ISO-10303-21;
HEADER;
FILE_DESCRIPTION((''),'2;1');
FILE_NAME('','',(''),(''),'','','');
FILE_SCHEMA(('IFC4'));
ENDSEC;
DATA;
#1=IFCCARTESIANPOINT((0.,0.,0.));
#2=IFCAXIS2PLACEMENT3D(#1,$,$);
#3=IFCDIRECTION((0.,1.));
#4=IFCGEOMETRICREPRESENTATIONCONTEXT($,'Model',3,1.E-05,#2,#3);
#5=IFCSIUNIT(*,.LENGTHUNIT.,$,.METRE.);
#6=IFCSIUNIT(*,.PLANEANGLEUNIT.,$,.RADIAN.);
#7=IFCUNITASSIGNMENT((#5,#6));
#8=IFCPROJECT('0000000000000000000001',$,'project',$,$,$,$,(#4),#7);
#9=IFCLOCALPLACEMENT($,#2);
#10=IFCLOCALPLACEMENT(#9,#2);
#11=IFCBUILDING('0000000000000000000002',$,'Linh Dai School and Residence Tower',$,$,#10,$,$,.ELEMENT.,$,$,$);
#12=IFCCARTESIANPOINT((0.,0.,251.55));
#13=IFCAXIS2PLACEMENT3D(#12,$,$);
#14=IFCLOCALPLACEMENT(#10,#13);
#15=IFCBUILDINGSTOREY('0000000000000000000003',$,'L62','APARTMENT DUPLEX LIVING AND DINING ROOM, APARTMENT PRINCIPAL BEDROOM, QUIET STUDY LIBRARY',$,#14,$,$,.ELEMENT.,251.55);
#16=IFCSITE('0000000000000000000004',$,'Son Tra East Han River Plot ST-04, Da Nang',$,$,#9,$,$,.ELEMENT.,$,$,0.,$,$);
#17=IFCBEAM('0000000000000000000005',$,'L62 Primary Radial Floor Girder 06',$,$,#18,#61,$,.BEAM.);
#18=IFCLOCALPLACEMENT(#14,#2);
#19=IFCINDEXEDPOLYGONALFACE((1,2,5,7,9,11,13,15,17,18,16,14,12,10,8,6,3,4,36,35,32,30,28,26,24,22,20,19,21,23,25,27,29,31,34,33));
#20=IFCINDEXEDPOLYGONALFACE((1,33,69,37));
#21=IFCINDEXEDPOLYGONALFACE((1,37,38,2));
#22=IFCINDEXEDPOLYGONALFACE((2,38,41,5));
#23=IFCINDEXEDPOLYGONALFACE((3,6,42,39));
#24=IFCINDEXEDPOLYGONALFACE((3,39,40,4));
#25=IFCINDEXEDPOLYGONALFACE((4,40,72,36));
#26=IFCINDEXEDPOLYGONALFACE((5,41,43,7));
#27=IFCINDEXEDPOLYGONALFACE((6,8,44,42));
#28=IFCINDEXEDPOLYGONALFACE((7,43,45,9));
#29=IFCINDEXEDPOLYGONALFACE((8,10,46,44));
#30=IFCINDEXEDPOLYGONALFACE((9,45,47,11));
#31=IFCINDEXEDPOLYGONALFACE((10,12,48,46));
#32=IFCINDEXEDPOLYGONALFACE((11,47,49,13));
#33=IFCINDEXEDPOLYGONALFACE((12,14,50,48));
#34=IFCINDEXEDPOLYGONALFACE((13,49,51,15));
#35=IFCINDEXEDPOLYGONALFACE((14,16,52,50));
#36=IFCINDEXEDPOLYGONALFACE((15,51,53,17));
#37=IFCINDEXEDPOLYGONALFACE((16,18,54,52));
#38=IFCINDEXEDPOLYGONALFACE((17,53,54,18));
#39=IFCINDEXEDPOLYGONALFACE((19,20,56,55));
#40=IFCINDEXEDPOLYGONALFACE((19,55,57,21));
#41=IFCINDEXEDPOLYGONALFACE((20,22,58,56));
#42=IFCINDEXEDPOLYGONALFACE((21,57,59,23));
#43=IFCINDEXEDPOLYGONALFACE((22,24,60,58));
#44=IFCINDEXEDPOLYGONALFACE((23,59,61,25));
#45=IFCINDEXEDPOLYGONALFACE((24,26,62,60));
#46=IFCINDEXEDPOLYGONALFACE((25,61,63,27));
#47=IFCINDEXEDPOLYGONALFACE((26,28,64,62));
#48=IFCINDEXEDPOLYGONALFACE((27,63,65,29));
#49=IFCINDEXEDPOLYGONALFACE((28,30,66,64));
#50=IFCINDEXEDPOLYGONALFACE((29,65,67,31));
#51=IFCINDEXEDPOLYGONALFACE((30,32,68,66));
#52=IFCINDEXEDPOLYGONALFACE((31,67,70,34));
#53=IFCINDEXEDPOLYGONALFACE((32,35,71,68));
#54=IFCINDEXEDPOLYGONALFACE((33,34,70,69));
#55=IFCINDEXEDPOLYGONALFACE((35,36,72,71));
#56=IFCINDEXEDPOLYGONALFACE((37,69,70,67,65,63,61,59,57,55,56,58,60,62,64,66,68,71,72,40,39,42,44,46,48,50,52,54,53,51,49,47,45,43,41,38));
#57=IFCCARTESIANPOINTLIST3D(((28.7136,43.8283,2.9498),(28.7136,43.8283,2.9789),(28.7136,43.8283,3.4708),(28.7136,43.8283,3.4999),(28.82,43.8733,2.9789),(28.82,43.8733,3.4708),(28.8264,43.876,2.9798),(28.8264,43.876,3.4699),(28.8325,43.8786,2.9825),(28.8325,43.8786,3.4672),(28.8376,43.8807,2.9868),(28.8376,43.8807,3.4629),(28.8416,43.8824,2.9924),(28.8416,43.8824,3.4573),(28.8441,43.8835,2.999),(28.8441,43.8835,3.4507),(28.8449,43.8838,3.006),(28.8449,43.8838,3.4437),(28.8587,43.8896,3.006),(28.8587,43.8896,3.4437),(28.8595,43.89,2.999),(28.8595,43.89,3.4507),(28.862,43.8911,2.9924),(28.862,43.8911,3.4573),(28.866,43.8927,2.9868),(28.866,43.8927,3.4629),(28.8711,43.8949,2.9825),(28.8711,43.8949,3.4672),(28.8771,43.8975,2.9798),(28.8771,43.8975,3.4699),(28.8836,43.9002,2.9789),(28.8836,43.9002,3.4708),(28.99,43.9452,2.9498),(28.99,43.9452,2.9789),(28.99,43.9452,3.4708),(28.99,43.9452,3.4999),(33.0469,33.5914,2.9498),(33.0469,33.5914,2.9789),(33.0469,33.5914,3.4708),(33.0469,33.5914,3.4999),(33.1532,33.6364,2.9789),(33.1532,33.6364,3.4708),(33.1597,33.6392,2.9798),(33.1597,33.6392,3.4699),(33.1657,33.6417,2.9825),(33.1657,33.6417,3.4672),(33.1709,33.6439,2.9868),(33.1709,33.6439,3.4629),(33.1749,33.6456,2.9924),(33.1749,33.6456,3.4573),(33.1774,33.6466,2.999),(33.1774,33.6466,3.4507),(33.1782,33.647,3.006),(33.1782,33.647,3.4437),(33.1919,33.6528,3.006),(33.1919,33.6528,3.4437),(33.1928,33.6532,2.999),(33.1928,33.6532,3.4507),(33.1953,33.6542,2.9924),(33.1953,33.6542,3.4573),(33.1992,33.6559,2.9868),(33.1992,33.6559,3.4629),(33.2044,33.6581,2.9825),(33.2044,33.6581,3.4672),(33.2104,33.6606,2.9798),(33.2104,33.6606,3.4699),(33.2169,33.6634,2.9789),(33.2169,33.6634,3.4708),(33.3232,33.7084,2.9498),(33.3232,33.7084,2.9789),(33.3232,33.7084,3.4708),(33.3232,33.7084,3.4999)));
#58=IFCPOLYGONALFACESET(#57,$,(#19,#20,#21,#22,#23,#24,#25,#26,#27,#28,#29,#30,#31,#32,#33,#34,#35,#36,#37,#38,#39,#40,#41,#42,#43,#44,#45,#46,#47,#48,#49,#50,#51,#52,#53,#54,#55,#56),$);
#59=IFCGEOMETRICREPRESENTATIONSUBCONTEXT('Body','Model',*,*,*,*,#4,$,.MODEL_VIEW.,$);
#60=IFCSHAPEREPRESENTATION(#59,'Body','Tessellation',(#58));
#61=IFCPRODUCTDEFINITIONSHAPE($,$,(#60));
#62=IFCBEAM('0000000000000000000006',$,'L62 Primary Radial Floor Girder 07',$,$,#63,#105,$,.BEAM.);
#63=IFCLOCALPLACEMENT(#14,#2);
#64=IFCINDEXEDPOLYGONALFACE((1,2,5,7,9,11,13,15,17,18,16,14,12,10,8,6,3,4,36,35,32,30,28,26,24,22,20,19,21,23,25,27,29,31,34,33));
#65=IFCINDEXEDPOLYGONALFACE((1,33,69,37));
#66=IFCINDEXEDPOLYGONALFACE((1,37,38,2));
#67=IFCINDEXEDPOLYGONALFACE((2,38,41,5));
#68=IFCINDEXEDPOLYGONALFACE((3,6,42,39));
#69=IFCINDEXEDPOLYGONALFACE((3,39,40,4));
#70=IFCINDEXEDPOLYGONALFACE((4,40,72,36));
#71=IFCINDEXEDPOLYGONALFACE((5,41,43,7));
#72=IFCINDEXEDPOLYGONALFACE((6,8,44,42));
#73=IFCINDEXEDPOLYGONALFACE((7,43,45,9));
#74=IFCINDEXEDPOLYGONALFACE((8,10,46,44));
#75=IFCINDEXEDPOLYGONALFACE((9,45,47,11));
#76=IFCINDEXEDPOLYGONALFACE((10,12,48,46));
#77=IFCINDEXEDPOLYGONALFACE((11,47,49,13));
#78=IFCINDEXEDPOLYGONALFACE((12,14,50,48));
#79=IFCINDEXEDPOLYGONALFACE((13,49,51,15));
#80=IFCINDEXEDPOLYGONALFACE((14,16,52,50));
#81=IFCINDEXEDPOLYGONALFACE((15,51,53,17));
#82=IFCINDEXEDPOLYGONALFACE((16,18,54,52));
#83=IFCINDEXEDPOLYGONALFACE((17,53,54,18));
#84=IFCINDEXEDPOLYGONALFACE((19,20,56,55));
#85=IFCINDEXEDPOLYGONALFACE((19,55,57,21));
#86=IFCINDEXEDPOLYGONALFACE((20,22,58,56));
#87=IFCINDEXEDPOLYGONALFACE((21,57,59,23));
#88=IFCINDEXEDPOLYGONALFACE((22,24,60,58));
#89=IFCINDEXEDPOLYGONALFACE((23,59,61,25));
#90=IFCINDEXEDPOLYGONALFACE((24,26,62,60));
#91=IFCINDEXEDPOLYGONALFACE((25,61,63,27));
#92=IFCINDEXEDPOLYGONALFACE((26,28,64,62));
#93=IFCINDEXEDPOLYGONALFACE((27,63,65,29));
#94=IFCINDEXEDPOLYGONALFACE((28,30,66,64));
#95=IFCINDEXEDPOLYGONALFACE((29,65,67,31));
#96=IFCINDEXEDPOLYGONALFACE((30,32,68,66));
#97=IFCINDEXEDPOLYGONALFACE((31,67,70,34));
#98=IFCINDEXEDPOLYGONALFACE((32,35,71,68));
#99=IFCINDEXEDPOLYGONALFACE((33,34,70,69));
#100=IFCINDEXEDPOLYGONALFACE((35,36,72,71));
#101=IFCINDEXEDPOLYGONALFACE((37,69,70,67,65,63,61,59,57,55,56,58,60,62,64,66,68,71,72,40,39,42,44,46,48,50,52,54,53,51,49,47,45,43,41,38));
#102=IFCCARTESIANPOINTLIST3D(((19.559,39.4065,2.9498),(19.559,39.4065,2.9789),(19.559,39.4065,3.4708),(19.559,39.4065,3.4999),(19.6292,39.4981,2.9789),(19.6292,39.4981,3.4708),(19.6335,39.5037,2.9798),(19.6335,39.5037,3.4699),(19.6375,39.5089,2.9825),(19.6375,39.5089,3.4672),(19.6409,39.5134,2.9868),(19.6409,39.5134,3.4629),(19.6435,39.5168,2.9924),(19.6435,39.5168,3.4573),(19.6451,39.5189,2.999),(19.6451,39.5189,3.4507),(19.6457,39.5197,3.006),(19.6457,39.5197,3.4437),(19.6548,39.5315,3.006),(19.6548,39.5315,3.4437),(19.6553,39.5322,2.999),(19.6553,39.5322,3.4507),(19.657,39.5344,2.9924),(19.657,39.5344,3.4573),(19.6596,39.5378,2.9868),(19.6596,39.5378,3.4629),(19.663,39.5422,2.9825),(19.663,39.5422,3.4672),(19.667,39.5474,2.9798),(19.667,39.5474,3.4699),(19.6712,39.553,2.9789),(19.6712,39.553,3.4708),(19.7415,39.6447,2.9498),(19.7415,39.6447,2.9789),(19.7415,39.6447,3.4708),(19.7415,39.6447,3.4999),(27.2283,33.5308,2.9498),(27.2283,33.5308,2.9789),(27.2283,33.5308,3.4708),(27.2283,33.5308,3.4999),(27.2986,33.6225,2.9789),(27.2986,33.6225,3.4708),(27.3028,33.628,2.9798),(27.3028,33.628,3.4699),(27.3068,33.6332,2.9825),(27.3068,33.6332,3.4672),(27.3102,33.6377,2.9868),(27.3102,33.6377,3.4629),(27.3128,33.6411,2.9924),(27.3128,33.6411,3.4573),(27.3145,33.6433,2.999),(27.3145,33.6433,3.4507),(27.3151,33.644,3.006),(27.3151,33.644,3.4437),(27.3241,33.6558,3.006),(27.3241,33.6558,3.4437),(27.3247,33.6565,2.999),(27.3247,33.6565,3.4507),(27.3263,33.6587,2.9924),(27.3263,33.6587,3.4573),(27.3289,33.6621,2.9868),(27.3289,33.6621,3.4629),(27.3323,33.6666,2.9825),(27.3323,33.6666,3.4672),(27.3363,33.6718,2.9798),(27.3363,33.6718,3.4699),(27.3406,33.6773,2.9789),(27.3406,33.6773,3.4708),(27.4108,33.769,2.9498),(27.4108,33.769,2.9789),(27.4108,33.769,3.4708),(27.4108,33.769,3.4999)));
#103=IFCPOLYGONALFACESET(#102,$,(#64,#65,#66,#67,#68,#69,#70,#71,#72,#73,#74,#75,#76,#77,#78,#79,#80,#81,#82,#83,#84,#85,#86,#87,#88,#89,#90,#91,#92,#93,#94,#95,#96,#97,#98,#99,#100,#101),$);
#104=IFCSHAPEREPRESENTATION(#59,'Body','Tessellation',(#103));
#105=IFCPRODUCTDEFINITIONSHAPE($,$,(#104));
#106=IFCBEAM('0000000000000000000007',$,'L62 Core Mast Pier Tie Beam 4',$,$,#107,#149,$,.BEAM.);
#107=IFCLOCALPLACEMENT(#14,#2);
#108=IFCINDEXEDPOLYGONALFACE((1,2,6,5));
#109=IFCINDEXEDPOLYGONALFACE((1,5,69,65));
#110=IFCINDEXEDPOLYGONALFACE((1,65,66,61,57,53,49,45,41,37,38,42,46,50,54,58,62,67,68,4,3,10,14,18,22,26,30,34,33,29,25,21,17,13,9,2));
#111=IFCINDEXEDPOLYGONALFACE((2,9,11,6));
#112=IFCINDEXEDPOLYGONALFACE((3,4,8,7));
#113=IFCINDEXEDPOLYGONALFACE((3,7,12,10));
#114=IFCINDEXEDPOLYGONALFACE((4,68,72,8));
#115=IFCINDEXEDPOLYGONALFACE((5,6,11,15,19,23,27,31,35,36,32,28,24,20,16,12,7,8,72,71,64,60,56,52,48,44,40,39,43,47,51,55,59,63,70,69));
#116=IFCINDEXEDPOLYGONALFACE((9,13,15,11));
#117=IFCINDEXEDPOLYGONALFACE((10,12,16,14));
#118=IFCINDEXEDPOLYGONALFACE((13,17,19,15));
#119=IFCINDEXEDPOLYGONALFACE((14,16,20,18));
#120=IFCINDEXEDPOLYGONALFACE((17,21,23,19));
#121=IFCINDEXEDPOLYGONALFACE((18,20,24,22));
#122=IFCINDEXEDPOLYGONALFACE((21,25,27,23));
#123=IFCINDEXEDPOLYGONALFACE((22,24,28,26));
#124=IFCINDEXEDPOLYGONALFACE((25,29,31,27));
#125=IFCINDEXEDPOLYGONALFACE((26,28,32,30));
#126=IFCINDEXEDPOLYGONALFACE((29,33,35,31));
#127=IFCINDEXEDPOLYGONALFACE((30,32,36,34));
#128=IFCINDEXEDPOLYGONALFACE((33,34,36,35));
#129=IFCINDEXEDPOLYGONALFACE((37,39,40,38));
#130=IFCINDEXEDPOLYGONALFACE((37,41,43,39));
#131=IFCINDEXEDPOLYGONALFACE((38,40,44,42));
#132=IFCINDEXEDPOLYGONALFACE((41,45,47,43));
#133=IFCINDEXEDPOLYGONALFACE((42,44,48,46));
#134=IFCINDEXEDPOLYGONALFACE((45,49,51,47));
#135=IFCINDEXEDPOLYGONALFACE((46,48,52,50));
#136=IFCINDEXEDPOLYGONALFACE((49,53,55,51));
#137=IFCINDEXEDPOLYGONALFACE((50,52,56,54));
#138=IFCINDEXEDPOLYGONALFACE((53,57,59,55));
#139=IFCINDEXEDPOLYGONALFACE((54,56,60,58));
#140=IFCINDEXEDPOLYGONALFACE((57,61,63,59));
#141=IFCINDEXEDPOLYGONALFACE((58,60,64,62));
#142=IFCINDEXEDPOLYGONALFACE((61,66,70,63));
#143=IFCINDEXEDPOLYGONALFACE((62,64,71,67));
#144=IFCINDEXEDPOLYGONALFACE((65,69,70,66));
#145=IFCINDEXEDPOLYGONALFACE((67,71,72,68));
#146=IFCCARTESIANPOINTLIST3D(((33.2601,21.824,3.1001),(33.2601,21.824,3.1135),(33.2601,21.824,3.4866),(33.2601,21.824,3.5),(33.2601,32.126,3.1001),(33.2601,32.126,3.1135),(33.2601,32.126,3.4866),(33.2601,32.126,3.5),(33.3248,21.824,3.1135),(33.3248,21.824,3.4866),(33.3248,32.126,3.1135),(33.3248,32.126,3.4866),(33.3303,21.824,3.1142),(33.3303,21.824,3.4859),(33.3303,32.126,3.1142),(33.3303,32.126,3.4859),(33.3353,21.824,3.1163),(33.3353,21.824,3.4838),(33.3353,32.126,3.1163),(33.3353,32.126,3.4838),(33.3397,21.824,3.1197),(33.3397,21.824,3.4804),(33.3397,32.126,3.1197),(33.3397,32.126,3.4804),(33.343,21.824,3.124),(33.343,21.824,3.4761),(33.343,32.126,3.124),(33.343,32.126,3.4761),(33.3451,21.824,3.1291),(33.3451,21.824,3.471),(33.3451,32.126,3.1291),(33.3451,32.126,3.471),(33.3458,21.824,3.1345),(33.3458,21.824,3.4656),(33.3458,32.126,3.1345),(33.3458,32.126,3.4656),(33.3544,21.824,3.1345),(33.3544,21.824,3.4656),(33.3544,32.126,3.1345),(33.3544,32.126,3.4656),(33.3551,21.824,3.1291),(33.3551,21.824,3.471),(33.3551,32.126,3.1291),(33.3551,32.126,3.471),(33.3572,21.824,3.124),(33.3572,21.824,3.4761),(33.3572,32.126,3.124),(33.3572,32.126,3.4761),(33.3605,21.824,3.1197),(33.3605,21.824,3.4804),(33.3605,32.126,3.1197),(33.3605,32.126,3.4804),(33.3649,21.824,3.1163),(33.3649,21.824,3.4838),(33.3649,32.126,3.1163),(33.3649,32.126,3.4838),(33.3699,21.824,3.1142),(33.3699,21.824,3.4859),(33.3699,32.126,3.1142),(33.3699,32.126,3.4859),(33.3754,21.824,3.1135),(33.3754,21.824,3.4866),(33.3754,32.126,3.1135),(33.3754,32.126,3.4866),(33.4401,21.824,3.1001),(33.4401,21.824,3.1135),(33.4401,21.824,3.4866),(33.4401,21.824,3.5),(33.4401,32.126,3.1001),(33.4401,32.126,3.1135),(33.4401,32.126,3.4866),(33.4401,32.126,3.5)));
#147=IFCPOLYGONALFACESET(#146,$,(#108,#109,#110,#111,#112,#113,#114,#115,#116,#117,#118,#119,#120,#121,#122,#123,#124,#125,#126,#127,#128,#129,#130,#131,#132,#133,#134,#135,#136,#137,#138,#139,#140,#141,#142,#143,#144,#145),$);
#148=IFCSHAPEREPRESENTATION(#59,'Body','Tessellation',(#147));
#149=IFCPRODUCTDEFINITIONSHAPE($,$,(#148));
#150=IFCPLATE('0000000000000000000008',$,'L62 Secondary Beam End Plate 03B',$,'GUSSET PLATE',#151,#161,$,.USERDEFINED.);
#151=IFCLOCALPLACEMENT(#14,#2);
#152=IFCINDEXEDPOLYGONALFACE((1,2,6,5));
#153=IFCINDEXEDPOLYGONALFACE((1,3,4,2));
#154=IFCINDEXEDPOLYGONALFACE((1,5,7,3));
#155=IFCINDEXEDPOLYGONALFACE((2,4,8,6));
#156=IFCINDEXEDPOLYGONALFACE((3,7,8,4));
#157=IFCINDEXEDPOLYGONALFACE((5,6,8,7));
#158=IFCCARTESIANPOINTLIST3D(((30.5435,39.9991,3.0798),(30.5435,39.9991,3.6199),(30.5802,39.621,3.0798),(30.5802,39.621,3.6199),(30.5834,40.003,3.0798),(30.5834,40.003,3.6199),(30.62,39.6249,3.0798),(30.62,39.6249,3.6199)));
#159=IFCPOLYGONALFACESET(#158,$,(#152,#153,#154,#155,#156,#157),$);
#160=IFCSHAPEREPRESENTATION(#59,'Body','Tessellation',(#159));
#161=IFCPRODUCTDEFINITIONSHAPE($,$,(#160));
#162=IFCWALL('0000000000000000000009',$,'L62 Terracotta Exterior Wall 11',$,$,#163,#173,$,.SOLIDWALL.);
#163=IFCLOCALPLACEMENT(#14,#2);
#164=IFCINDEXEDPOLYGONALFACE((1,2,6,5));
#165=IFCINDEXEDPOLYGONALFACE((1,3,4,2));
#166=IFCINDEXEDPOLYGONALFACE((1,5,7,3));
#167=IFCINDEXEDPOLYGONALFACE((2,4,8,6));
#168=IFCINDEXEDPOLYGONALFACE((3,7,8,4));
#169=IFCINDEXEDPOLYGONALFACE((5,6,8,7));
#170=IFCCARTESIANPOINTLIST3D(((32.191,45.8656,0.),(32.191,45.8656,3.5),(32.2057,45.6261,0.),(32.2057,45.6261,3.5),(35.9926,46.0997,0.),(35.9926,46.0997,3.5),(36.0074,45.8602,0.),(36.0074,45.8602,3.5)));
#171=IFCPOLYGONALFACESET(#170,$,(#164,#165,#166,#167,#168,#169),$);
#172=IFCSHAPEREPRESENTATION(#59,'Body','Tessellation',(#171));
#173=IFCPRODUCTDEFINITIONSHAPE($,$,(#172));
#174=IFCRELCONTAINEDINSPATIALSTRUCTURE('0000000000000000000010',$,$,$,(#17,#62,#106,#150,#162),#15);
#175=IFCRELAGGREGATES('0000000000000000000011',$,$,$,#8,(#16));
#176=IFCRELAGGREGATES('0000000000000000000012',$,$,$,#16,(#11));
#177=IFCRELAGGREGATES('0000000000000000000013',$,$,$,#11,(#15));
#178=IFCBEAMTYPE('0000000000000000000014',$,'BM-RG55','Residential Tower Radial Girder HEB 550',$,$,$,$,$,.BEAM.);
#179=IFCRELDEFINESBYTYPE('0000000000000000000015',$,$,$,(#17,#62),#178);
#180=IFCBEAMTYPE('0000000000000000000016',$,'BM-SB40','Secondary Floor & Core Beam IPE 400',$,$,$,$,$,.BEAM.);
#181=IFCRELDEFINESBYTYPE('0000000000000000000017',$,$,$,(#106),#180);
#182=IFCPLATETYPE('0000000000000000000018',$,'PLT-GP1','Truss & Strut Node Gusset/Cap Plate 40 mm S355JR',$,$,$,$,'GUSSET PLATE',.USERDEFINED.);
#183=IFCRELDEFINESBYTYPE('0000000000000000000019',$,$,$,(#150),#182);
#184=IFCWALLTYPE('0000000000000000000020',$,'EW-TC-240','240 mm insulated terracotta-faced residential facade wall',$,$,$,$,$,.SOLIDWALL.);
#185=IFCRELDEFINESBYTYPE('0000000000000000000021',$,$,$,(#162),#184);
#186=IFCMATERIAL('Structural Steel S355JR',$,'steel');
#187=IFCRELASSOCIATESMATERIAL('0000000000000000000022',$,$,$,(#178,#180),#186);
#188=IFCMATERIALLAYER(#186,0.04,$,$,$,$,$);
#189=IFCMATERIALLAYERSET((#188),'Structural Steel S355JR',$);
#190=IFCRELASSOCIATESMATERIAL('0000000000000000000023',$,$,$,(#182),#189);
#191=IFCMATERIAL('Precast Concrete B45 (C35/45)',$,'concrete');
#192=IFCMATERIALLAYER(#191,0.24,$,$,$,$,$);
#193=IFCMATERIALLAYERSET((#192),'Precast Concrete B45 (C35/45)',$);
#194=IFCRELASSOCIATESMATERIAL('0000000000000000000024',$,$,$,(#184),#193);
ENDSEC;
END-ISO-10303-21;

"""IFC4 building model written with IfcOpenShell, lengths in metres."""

from ifc_helpers import new_model, si_unit, direction, frame, frame_2d, origin, origin_2d, place, context, subcontext, project, spatial, rectangle, i_section, extrude, source, transform, mapped, material, layer, layer_set, material_profile, profile_set, type_object, element, save


model = new_model("IFC4")

# Units and contexts
model_context = context("Model", 3, precision=1e-05, world=origin(), true_north=direction((0.0, 1.0)))
body_context = subcontext(model_context, "Body", "Model", "MODEL_VIEW")
ifc_project = project(units=[si_unit("LENGTHUNIT", "METRE"), si_unit("PLANEANGLEUNIT", "RADIAN")], contexts=[model_context])

# Site, building, storey
site_placement = place(None, origin())
site = spatial("IfcSite", under=ifc_project, at=site_placement, Name="Son Tra East Han River Plot ST-04, Da Nang", CompositionType="ELEMENT", RefElevation=0.0)
building_placement = place(site_placement, origin())
building = spatial("IfcBuilding", under=site, at=building_placement, Name="Linh Dai School and Residence Tower", CompositionType="ELEMENT")
storey_placement = place(building_placement, frame((0.0, 0.0, 251.55)))
storey = spatial("IfcBuildingStorey", under=building, at=storey_placement, Name="L62", Description="APARTMENT DUPLEX LIVING AND DINING ROOM, APARTMENT PRINCIPAL BEDROOM, QUIET STUDY LIBRARY", CompositionType="ELEMENT", Elevation=251.55)

# Shared definitions
ifc_material_1 = material(Name="Structural Steel S355JR", Category="steel")

# Beams
ifc_material_profile_1 = material_profile(ifc_material_1, i_section(OverallWidth=0.3, OverallDepth=0.55, WebThickness=0.0149, FlangeThickness=0.0291, FilletRadius=0.0271, at=origin_2d()), Name="HEB 550")
ifc_profile_set_1 = profile_set([ifc_material_profile_1], Name="Structural Steel S355JR")
beam_type_1 = type_object("IfcBeamType", Name="BM-RG55", Description="Residential Tower Radial Girder HEB 550", PredefinedType="BEAM", material=ifc_profile_set_1)
beam_1_placement = place(storey_placement, frame((33.1851, 33.6499, 3.2249), z_axis=(-0.389815, 0.920893, 0.0), x_axis=(-0.920893, -0.389815, 0.0)))
element("IfcBeam", 1, at=beam_1_placement, inside=storey, type_object=beam_type_1, Name="L62 Primary Radial Floor Girder 06", PredefinedType="BEAM", context=body_context, shape_type="SweptSolid", body=[
    extrude(i_section(OverallWidth=0.3, OverallDepth=0.55, WebThickness=0.0149, FlangeThickness=0.0291, FilletRadius=0.0271, at=origin_2d()), origin(), (0.0, 0.0, 1.0), 11.1162),
])
beam_2_placement = place(storey_placement, frame((27.3196, 33.6499, 3.2249), z_axis=(-0.793815, 0.60816, 0.0), x_axis=(-0.60816, -0.793815, 0.0)))
element("IfcBeam", 2, at=beam_2_placement, inside=storey, type_object=beam_type_1, Name="L62 Primary Radial Floor Girder 07", PredefinedType="BEAM", context=body_context, shape_type="SweptSolid", body=[
    extrude(i_section(OverallWidth=0.3, OverallDepth=0.55, WebThickness=0.0149, FlangeThickness=0.0291, FilletRadius=0.0271, at=origin_2d()), origin(), (0.0, 0.0, 1.0), 9.6614),
])
ifc_material_profile_2 = material_profile(ifc_material_1, i_section(OverallWidth=0.1799, OverallDepth=0.3999, WebThickness=0.0085, FlangeThickness=0.0134, FilletRadius=0.021, at=origin_2d()), Name="IPE 400")
ifc_profile_set_2 = profile_set([ifc_material_profile_2], Name="Structural Steel S355JR")
beam_type_2 = type_object("IfcBeamType", Name="BM-SB40", Description="Secondary Floor & Core Beam IPE 400", PredefinedType="BEAM", material=ifc_profile_set_2)
beam_3_placement = place(storey_placement, frame((33.3501, 32.126, 3.3), z_axis=(0.0, -1.0, 0.0), x_axis=(1.0, 0.0, 0.0)))
element("IfcBeam", 3, at=beam_3_placement, inside=storey, type_object=beam_type_2, Name="L62 Core Mast Pier Tie Beam 4", PredefinedType="BEAM", context=body_context, shape_type="SweptSolid", body=[
    extrude(i_section(OverallWidth=0.1799, OverallDepth=0.3999, WebThickness=0.0085, FlangeThickness=0.0134, FilletRadius=0.021, at=origin_2d()), origin(), (0.0, 0.0, 1.0), 10.302),
])

# Plate
ifc_layer_1 = layer(ifc_material_1, 0.04)
ifc_layer_set_1 = layer_set([ifc_layer_1], Name="Structural Steel S355JR")
plate_type = type_object("IfcPlateType", Name="PLT-GP1", Description="Truss & Strut Node Gusset/Cap Plate 40 mm S355JR", ElementType="GUSSET PLATE", PredefinedType="USERDEFINED", material=ifc_layer_set_1)
shared_shape_1 = source(origin(), body_context, "Body", "SweptSolid", [
    extrude(rectangle(XDim=0.04, YDim=0.3799, at=origin_2d()), origin(), (0.0, 0.0, 1.0), 0.54),
])
plate_placement = place(storey_placement, frame((30.5818, 39.812, 3.0798), z_axis=(0.0, 0.0, 1.0), x_axis=(-0.995333, -0.096497, 0.0)))
element("IfcPlate", 4, at=plate_placement, inside=storey, type_object=plate_type, Name="L62 Secondary Beam End Plate 03B", ObjectType="GUSSET PLATE", PredefinedType="USERDEFINED", context=body_context, shape_type="MappedRepresentation", body=[
    mapped(shared_shape_1, transform((0.0, 0.0, 0.0), x_axis=(1.0, 0.0, 0.0), y_axis=(0.0, 1.0, 0.0), z_axis=(0.0, 0.0, 1.0), scale=1.0)),
])

# Wall
ifc_material_2 = material(Name="Precast Concrete B45 (C35/45)", Category="concrete")
ifc_layer_2 = layer(ifc_material_2, 0.24)
ifc_layer_set_2 = layer_set([ifc_layer_2], Name="Precast Concrete B45 (C35/45)")
wall_type_1 = type_object("IfcWallType", Name="EW-TC-240", Description="240 mm insulated terracotta-faced residential facade wall", PredefinedType="SOLIDWALL", material=ifc_layer_set_2)
wall_1_placement = place(storey_placement, frame((32.1985, 45.7458, 0.0), z_axis=(0.0, 0.0, 1.0), x_axis=(0.998109, 0.061472, 0.0)))
element("IfcWall", 5, at=wall_1_placement, inside=storey, type_object=wall_type_1, Name="L62 Terracotta Exterior Wall 11", PredefinedType="SOLIDWALL", context=body_context, shape_type="SweptSolid", body=[
    extrude(rectangle(XDim=3.8088, YDim=0.24, at=frame_2d((1.9043, 0.0))), origin(), (0.0, 0.0, 1.0), 3.5),
])

save(model, "model.ifc")
